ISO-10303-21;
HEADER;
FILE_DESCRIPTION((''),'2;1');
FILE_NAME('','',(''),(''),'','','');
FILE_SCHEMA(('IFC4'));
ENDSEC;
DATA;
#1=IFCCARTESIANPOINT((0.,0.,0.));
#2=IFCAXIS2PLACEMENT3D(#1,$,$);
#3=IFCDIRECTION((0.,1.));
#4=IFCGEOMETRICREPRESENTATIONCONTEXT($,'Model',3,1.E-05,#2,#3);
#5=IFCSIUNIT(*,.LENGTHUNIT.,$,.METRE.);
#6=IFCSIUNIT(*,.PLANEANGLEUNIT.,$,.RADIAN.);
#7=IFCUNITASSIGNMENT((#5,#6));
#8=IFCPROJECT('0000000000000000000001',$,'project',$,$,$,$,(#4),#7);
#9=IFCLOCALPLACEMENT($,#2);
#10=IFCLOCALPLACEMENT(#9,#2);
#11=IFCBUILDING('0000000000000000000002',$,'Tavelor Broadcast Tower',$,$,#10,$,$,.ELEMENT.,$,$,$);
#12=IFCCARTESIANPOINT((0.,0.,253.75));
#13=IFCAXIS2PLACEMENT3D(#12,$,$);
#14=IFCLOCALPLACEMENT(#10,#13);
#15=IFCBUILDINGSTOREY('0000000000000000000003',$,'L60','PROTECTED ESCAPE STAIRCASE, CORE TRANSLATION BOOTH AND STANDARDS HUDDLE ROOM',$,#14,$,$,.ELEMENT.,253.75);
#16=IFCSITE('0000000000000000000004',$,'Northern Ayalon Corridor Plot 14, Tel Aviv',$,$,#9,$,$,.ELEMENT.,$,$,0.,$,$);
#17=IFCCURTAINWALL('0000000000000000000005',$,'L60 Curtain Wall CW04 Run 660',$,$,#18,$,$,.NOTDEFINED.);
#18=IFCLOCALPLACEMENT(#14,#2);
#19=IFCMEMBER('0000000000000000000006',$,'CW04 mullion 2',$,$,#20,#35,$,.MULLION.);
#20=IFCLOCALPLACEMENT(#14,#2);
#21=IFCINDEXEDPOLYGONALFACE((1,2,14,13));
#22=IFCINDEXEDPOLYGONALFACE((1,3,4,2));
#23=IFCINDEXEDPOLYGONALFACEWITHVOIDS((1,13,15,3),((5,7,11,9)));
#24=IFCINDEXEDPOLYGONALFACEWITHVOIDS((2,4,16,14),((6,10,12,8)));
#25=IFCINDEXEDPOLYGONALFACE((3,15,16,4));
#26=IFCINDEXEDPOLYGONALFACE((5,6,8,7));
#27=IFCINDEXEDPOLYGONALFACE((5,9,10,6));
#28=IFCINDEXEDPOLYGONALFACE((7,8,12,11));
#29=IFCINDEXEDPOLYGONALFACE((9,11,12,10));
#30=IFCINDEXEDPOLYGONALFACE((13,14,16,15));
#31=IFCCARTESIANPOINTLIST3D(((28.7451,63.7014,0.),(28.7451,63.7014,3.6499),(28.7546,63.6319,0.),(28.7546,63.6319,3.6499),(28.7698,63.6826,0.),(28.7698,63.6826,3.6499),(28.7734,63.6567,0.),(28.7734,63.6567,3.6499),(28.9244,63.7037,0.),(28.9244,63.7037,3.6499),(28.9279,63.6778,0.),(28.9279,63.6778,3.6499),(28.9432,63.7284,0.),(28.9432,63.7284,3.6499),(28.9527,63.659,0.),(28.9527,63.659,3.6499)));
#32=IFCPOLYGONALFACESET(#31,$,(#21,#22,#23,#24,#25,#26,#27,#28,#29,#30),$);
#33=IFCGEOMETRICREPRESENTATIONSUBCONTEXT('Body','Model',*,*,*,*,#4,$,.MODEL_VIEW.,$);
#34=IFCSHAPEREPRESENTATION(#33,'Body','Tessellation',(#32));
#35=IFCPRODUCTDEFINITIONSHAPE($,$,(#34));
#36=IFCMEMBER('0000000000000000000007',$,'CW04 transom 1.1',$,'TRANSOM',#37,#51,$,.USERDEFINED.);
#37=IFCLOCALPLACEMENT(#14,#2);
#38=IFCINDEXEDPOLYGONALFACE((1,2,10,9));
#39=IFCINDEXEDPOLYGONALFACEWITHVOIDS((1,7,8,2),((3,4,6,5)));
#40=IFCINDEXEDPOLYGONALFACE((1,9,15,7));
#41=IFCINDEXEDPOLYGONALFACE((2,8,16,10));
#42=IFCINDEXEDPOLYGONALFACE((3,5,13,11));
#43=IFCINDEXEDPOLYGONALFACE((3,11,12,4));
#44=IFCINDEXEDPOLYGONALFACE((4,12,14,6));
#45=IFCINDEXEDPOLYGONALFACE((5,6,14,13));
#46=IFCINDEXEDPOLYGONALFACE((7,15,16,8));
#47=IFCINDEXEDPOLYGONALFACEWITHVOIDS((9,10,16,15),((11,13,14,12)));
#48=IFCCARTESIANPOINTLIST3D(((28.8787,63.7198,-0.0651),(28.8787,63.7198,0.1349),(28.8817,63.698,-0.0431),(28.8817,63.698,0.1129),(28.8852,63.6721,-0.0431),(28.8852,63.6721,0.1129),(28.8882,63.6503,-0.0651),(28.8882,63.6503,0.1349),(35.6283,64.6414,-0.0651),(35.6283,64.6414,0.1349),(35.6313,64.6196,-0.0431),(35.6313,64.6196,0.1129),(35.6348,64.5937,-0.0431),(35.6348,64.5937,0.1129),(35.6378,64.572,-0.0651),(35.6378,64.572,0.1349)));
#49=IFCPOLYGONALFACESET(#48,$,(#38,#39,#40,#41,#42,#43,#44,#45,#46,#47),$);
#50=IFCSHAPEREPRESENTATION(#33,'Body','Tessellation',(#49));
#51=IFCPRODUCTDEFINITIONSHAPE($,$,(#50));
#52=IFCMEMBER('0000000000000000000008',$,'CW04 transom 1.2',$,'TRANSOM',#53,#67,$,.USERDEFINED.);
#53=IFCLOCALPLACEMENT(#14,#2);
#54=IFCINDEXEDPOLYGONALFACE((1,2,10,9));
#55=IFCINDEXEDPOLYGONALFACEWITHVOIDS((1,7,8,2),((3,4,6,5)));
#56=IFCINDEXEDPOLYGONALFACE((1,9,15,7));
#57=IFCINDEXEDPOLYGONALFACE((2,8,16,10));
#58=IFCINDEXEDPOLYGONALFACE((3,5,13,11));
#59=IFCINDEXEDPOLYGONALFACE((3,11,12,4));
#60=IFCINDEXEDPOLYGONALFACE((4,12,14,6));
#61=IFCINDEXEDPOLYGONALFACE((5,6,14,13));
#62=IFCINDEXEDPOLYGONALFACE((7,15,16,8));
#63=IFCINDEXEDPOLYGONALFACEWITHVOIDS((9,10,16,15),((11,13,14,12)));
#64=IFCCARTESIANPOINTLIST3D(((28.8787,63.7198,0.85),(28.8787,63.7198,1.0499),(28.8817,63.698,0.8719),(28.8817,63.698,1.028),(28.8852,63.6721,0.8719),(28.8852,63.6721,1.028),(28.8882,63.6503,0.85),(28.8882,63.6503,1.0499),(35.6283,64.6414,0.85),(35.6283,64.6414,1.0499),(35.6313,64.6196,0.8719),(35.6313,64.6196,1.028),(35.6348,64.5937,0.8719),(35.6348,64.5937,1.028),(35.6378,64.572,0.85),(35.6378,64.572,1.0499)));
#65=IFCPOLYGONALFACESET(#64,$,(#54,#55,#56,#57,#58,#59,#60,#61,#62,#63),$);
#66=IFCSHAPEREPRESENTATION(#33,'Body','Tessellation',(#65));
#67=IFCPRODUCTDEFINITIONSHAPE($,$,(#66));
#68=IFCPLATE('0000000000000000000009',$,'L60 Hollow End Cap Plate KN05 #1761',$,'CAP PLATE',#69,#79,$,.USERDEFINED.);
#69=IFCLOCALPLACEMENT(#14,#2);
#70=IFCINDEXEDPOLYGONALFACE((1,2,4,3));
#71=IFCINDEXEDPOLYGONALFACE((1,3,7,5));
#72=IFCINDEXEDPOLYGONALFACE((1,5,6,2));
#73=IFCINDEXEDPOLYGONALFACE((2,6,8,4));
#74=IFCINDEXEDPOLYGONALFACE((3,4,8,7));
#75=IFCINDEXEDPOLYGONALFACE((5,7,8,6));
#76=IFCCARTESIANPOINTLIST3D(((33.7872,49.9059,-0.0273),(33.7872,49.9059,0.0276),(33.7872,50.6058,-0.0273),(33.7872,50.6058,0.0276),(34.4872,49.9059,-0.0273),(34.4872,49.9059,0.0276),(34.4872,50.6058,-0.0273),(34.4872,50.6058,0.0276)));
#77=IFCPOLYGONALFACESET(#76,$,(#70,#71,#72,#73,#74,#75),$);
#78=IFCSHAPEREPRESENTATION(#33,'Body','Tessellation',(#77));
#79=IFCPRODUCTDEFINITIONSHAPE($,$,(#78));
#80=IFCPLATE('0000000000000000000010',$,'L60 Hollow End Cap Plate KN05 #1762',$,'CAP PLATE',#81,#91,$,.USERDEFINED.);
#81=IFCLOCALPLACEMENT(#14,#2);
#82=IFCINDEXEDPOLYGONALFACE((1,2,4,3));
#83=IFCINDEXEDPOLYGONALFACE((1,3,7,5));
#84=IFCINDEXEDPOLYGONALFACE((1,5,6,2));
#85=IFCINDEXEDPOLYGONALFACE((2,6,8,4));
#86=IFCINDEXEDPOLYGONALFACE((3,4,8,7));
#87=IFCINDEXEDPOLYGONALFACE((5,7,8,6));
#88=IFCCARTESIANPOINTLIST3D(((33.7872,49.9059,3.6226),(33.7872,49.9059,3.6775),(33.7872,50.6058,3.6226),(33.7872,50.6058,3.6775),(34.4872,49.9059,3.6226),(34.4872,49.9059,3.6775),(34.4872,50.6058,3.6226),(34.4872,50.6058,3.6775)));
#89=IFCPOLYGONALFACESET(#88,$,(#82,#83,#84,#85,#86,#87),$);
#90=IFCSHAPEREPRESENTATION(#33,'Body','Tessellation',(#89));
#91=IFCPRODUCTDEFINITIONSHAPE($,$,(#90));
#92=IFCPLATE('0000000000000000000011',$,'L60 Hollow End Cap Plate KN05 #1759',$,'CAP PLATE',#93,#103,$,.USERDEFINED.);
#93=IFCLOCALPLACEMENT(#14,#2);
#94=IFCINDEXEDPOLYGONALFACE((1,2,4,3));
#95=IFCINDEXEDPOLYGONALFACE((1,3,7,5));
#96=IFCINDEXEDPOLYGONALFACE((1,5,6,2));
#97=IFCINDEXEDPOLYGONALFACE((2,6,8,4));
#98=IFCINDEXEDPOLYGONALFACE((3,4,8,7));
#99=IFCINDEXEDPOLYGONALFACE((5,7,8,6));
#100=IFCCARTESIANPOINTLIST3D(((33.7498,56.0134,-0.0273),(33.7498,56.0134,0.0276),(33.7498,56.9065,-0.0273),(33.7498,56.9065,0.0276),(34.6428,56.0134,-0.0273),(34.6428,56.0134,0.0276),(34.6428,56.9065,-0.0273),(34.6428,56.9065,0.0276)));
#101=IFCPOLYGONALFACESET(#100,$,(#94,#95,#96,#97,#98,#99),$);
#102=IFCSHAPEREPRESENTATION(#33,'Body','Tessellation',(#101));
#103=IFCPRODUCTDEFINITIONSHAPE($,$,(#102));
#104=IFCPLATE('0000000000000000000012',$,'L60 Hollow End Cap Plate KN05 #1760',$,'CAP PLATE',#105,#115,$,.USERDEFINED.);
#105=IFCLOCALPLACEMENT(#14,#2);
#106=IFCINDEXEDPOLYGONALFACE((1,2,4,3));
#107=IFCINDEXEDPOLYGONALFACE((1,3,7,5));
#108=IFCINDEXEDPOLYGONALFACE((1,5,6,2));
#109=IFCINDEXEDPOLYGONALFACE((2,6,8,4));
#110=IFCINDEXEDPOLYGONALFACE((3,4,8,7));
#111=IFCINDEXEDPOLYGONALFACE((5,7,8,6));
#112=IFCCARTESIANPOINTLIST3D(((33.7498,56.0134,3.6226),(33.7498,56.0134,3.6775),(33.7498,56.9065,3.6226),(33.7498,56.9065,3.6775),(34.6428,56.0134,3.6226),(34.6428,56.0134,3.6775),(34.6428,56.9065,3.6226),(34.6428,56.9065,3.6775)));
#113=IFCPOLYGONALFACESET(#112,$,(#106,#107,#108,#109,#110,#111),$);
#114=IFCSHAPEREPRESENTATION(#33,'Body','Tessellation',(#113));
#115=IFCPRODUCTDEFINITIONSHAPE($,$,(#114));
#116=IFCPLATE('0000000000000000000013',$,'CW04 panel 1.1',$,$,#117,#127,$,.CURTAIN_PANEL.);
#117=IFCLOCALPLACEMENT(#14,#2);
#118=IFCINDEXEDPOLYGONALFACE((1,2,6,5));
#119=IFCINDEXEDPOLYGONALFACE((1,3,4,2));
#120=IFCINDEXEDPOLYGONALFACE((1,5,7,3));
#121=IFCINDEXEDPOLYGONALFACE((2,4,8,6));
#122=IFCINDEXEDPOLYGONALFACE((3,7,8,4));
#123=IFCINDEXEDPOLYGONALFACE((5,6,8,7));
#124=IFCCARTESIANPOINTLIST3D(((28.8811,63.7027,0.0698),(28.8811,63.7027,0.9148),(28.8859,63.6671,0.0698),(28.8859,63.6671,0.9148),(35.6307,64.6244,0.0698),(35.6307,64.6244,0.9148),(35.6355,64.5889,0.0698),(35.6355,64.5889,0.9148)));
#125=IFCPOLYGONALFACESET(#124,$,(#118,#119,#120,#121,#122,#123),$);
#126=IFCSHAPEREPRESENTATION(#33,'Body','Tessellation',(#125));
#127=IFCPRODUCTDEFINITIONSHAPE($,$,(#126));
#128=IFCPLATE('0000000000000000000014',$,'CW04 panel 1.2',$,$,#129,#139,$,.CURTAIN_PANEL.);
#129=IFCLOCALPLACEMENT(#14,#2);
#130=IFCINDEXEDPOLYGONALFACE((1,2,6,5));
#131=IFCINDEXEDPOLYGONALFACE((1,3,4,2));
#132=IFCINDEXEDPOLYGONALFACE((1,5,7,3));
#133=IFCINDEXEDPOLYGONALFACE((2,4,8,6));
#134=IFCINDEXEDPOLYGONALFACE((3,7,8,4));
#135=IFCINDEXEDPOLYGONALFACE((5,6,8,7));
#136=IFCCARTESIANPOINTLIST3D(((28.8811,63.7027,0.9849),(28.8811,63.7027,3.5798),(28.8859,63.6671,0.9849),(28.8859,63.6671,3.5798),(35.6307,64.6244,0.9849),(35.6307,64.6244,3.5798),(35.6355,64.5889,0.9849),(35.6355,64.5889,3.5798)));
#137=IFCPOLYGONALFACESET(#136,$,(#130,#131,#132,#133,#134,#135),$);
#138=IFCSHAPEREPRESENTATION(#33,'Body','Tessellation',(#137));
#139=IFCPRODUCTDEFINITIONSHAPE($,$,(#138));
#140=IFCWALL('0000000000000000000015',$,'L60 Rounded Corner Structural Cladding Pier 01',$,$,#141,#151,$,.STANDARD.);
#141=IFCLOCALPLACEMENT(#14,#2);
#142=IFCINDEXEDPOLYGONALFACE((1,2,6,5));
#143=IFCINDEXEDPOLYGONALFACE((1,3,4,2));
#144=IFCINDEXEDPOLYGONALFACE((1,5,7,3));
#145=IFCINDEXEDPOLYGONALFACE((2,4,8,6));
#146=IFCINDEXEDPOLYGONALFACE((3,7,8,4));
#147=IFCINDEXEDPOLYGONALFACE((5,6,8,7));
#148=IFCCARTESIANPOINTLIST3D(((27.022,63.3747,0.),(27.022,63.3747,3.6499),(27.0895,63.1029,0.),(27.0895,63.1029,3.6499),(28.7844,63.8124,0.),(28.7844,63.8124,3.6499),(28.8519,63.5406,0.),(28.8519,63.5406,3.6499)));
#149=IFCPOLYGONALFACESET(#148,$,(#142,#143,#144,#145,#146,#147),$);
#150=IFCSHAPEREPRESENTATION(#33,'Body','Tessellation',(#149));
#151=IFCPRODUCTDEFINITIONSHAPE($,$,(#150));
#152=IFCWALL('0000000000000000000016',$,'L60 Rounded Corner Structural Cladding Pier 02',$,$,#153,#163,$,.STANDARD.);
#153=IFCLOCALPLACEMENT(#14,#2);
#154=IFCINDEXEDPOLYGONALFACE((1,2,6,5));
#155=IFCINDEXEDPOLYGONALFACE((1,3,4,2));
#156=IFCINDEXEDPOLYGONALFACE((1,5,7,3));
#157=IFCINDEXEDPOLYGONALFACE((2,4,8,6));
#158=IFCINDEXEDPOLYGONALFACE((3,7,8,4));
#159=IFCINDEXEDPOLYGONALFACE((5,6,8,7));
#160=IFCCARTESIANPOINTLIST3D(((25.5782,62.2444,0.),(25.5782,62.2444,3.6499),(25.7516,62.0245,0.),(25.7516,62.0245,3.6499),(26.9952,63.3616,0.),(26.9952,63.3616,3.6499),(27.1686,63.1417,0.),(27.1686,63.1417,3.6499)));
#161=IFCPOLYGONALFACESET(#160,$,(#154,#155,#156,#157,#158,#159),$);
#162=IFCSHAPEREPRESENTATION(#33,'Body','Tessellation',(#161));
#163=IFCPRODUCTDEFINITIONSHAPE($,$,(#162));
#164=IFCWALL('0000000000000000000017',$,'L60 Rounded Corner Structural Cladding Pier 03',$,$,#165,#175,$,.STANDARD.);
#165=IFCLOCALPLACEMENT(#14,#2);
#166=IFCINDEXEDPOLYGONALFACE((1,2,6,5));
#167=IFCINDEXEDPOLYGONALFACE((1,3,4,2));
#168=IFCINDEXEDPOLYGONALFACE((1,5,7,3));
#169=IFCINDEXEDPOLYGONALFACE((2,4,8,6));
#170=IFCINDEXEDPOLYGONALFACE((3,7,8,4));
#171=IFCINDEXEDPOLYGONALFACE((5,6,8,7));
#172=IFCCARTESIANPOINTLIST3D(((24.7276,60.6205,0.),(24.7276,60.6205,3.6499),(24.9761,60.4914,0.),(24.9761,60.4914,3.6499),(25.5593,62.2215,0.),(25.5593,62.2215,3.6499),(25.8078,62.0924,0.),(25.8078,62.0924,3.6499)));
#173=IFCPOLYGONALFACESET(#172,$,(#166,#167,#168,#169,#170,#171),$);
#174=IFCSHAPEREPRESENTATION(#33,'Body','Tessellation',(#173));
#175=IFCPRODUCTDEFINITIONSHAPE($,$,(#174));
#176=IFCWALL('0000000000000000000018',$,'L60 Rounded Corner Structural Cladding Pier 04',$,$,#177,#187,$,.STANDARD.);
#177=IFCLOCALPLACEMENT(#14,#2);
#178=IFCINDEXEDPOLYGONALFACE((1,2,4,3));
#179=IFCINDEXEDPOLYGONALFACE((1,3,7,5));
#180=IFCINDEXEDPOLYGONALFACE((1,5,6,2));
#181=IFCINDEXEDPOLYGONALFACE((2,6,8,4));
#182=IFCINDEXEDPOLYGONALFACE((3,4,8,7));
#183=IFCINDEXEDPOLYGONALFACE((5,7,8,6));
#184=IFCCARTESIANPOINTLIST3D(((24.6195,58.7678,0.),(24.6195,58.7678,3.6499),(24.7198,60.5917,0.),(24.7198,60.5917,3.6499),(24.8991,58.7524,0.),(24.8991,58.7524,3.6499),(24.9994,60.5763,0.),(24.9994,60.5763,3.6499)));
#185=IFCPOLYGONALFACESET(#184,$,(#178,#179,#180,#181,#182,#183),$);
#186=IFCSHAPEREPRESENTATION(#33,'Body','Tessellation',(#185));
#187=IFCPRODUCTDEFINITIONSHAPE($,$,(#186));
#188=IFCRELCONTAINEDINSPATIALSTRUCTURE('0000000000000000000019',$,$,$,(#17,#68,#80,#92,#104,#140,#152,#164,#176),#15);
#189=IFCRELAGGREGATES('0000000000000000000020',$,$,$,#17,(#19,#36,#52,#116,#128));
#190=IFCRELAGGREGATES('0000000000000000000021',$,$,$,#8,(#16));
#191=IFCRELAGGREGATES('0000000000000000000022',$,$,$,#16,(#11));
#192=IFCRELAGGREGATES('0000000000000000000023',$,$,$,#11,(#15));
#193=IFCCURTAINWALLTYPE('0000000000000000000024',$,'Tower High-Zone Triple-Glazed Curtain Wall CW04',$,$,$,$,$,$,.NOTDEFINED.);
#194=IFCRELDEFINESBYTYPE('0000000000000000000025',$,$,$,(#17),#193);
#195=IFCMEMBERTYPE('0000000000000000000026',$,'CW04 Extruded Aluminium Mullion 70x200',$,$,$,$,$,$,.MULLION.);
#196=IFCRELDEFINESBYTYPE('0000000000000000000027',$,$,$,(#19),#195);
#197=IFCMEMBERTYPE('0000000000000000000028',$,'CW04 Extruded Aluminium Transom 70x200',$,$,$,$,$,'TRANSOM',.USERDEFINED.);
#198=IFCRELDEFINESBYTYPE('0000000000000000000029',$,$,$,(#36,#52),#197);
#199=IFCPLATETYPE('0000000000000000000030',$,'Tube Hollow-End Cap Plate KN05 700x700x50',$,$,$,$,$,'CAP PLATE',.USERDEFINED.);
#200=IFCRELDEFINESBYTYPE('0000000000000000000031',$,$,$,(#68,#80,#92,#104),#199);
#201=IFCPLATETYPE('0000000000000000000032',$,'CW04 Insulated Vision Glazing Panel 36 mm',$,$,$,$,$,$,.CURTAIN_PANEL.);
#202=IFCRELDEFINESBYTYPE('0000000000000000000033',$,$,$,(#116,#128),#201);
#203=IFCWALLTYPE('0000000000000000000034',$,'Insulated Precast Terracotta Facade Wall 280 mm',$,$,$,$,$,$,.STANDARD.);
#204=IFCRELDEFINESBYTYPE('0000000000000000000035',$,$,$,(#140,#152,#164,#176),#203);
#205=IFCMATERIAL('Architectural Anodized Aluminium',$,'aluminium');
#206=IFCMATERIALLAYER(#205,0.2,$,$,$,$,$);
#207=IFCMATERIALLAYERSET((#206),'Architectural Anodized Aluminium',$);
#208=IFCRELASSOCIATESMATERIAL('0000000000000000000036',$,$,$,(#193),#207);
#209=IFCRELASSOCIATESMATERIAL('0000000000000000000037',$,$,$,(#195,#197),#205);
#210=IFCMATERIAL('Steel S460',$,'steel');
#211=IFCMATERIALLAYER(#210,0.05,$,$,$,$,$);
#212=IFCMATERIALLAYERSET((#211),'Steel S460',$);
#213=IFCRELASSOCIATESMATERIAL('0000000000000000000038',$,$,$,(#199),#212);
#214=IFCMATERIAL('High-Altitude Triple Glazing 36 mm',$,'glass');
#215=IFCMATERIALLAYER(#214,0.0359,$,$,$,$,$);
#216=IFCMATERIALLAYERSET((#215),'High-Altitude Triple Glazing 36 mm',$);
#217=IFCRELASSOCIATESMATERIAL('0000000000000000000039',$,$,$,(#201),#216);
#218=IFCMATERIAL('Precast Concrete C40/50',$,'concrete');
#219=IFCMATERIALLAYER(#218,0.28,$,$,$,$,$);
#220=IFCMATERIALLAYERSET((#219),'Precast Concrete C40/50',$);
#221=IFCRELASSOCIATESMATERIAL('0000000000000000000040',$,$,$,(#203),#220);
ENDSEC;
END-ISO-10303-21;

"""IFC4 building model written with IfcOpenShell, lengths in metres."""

from ifc_helpers import new_model, si_unit, direction, frame, frame_2d, origin, origin_2d, place, context, subcontext, project, spatial, rectangle, hollow_rectangle, extrude, source, transform, mapped, material, layer, layer_set, material_profile, profile_set, type_object, type_shapes, element, aggregate, save


model = new_model("IFC4")

# Units and contexts
model_context = context("Model", 3, precision=1e-05, world=origin(), true_north=direction((0.0, 1.0)))
body_context = subcontext(model_context, "Body", "Model", "MODEL_VIEW")
ifc_project = project(units=[si_unit("LENGTHUNIT", "METRE"), si_unit("PLANEANGLEUNIT", "RADIAN")], contexts=[model_context])

# Site, building, storey
site_placement = place(None, origin())
site = spatial("IfcSite", under=ifc_project, at=site_placement, Name="Northern Ayalon Corridor Plot 14, Tel Aviv", CompositionType="ELEMENT", RefElevation=0.0)
building_placement = place(site_placement, origin())
building = spatial("IfcBuilding", under=site, at=building_placement, Name="Tavelor Broadcast Tower", CompositionType="ELEMENT")
storey_placement = place(building_placement, frame((0.0, 0.0, 253.75)))
storey = spatial("IfcBuildingStorey", under=building, at=storey_placement, Name="L60", Description="PROTECTED ESCAPE STAIRCASE, CORE TRANSLATION BOOTH AND STANDARDS HUDDLE ROOM", CompositionType="ELEMENT", Elevation=253.75)

# Shared definitions
ifc_material_1 = material(Name="Steel S460", Category="steel")

# Curtain wall, members
ifc_material_2 = material(Name="Architectural Anodized Aluminium", Category="aluminium")
ifc_layer_1 = layer(ifc_material_2, 0.2)
ifc_layer_set_1 = layer_set([ifc_layer_1], Name="Architectural Anodized Aluminium")
curtain_wall_type = type_object("IfcCurtainWallType", Name="Tower High-Zone Triple-Glazed Curtain Wall CW04", PredefinedType="NOTDEFINED", material=ifc_layer_set_1)
curtain_wall_placement = place(storey_placement, origin())
curtain_wall = element("IfcCurtainWall", 1, at=curtain_wall_placement, inside=storey, type_object=curtain_wall_type, Name="L60 Curtain Wall CW04 Run 660", PredefinedType="NOTDEFINED")
ifc_material_profile_1 = material_profile(ifc_material_2, hollow_rectangle(XDim=0.0701, YDim=0.2, WallThickness=0.022, at=origin_2d()), Name="RHS 70x200x22")
ifc_profile_set_1 = profile_set([ifc_material_profile_1], Name="Architectural Anodized Aluminium")
member_type_1 = type_object("IfcMemberType", Name="CW04 Extruded Aluminium Mullion 70x200", PredefinedType="MULLION", material=ifc_profile_set_1)
shared_shape_1 = source(origin(), body_context, "Body", "SweptSolid", [
    extrude(hollow_rectangle(XDim=0.0701, YDim=0.2, WallThickness=0.022, at=origin_2d()), origin(), (0.0, 0.0, 1.0), 3.6499),
])
type_shapes(member_type_1, [shared_shape_1])
member_1_placement = place(storey_placement, frame((28.8489, 63.6802, 0.0), z_axis=(0.0, 0.0, 1.0), x_axis=(0.135309, -0.990803, 0.0)))
member_1 = element("IfcMember", 2, at=member_1_placement, type_object=member_type_1, Name="CW04 mullion 2", PredefinedType="MULLION", context=body_context, shape_type="MappedRepresentation", body=[
    mapped(shared_shape_1, transform((0.0, 0.0, 0.0), scale=1.0)),
])
ifc_material_profile_2 = material_profile(ifc_material_2, hollow_rectangle(XDim=0.0701, YDim=0.2, WallThickness=0.022, at=origin_2d()), Name="RHS 70x200x22")
ifc_profile_set_2 = profile_set([ifc_material_profile_2], Name="Architectural Anodized Aluminium")
member_type_2 = type_object("IfcMemberType", Name="CW04 Extruded Aluminium Transom 70x200", ElementType="TRANSOM", PredefinedType="USERDEFINED", material=ifc_profile_set_2)
shared_shape_2 = source(origin(), body_context, "Body", "SweptSolid", [
    extrude(hollow_rectangle(XDim=0.0701, YDim=0.2, WallThickness=0.022, at=origin_2d()), origin(), (0.0, 0.0, 1.0), 6.8123),
])
type_shapes(member_type_2, [shared_shape_2])
member_2_placement = place(storey_placement, frame((35.6331, 64.6067, 0.0349), z_axis=(-0.990806, -0.135292, 0.0), x_axis=(0.135292, -0.990806, 0.0)))
member_2 = element("IfcMember", 3, at=member_2_placement, type_object=member_type_2, Name="CW04 transom 1.1", ObjectType="TRANSOM", PredefinedType="USERDEFINED", context=body_context, shape_type="MappedRepresentation", body=[
    mapped(shared_shape_2, transform((0.0, 0.0, 0.0), scale=1.0)),
])
member_3_placement = place(storey_placement, frame((35.6331, 64.6067, 0.95), z_axis=(-0.990806, -0.135292, 0.0), x_axis=(0.135292, -0.990806, 0.0)))
member_3 = element("IfcMember", 4, at=member_3_placement, type_object=member_type_2, Name="CW04 transom 1.2", ObjectType="TRANSOM", PredefinedType="USERDEFINED", context=body_context, shape_type="MappedRepresentation", body=[
    mapped(shared_shape_2, transform((0.0, 0.0, 0.0), scale=1.0)),
])

# Plates
ifc_layer_2 = layer(ifc_material_1, 0.05)
ifc_layer_set_2 = layer_set([ifc_layer_2], Name="Steel S460")
plate_type_1 = type_object("IfcPlateType", Name="Tube Hollow-End Cap Plate KN05 700x700x50", ElementType="CAP PLATE", PredefinedType="USERDEFINED", material=ifc_layer_set_2)
shared_shape_3 = source(origin(), body_context, "Body", "SweptSolid", [
    extrude(rectangle(XDim=0.7, YDim=0.7, at=origin_2d()), origin(), (0.0, 0.0, 1.0), 0.0549),
])
for number, where, z_axis, x_axis, name in (
    (5, (34.1372, 50.2559, -0.0273), (0.0, 0.0, 1.0), (1.0, 0.0, 0.0), "L60 Hollow End Cap Plate KN05 #1761"),
    (6, (34.1372, 50.2559, 3.6226), (0.0, 0.0, 1.0), (1.0, 0.0, 0.0), "L60 Hollow End Cap Plate KN05 #1762"),
):
    element("IfcPlate", number, at=place(storey_placement, frame(where, z_axis=z_axis, x_axis=x_axis)), inside=storey, type_object=plate_type_1, Name=name, ObjectType="CAP PLATE", PredefinedType="USERDEFINED", context=body_context, shape_type="MappedRepresentation", body=[
        mapped(shared_shape_3, transform((0.0, 0.0, 0.0), scale=1.0)),
    ])
shared_shape_4 = source(origin(), body_context, "Body", "SweptSolid", [
    extrude(rectangle(XDim=0.8931, YDim=0.8931, at=origin_2d()), origin(), (0.0, 0.0, 1.0), 0.0549),
])
type_shapes(plate_type_1, [shared_shape_3, shared_shape_4])
for number, where, z_axis, x_axis, name in (
    (7, (34.1963, 56.46, -0.0273), (0.0, 0.0, 1.0), (1.0, 0.0, 0.0), "L60 Hollow End Cap Plate KN05 #1759"),
    (8, (34.1963, 56.46, 3.6226), (0.0, 0.0, 1.0), (1.0, 0.0, 0.0), "L60 Hollow End Cap Plate KN05 #1760"),
):
    element("IfcPlate", number, at=place(storey_placement, frame(where, z_axis=z_axis, x_axis=x_axis)), inside=storey, type_object=plate_type_1, Name=name, ObjectType="CAP PLATE", PredefinedType="USERDEFINED", context=body_context, shape_type="MappedRepresentation", body=[
        mapped(shared_shape_4, transform((0.0, 0.0, 0.0), scale=1.0)),
    ])

# Plates
ifc_material_3 = material(Name="High-Altitude Triple Glazing 36 mm", Category="glass")
ifc_layer_3 = layer(ifc_material_3, 0.0359)
ifc_layer_set_3 = layer_set([ifc_layer_3], Name="High-Altitude Triple Glazing 36 mm")
plate_type_2 = type_object("IfcPlateType", Name="CW04 Insulated Vision Glazing Panel 36 mm", PredefinedType="CURTAIN_PANEL", material=ifc_layer_set_3)
shared_shape_5 = source(origin(), body_context, "Body", "SweptSolid", [
    extrude(rectangle(XDim=6.8123, YDim=0.0359, at=origin_2d()), origin(), (0.0, 0.0, 1.0), 0.845),
])
plate_1_placement = place(storey_placement, frame((32.2583, 64.1458, 0.0698), z_axis=(0.0, 0.0, 1.0), x_axis=(-0.990803, -0.135309, 0.0)))
plate_1 = element("IfcPlate", 9, at=plate_1_placement, type_object=plate_type_2, Name="CW04 panel 1.1", PredefinedType="CURTAIN_PANEL", context=body_context, shape_type="MappedRepresentation", body=[
    mapped(shared_shape_5, transform((0.0, 0.0, 0.0), scale=1.0)),
])
shared_shape_6 = source(origin(), body_context, "Body", "SweptSolid", [
    extrude(rectangle(XDim=6.8123, YDim=0.0359, at=origin_2d()), origin(), (0.0, 0.0, 1.0), 2.595),
])
type_shapes(plate_type_2, [shared_shape_5, shared_shape_6])
plate_2_placement = place(storey_placement, frame((32.2583, 64.1458, 0.9849), z_axis=(0.0, 0.0, 1.0), x_axis=(-0.990803, -0.135309, 0.0)))
plate_2 = element("IfcPlate", 10, at=plate_2_placement, type_object=plate_type_2, Name="CW04 panel 1.2", PredefinedType="CURTAIN_PANEL", context=body_context, shape_type="MappedRepresentation", body=[
    mapped(shared_shape_6, transform((0.0, 0.0, 0.0), scale=1.0)),
])
aggregate(curtain_wall, [member_1, member_2, member_3, plate_1, plate_2])

# Walls
ifc_material_4 = material(Name="Precast Concrete C40/50", Category="concrete")
ifc_layer_4 = layer(ifc_material_4, 0.28)
ifc_layer_set_4 = layer_set([ifc_layer_4], Name="Precast Concrete C40/50")
wall_type_1 = type_object("IfcWallType", Name="Insulated Precast Terracotta Facade Wall 280 mm", PredefinedType="STANDARD", material=ifc_layer_set_4)
wall_1_placement = place(storey_placement, frame((28.8181, 63.6765, 0.0), z_axis=(0.0, 0.0, 1.0), x_axis=(-0.970513, -0.241049, 0.0)))
element("IfcWall", 11, at=wall_1_placement, inside=storey, type_object=wall_type_1, Name="L60 Rounded Corner Structural Cladding Pier 01", PredefinedType="STANDARD", context=body_context, shape_type="SweptSolid", body=[
    extrude(rectangle(XDim=1.8159, YDim=0.28, at=frame_2d((0.908, 0.0))), origin(), (0.0, 0.0, 1.0), 3.6499),
])
wall_2_placement = place(storey_placement, frame((27.082, 63.2517, 0.0), z_axis=(0.0, 0.0, 1.0), x_axis=(-0.785284, -0.619135, 0.0)))
element("IfcWall", 12, at=wall_2_placement, inside=storey, type_object=wall_type_1, Name="L60 Rounded Corner Structural Cladding Pier 02", PredefinedType="STANDARD", context=body_context, shape_type="SweptSolid", body=[
    extrude(rectangle(XDim=1.8044, YDim=0.28, at=frame_2d((0.9023, 0.0))), origin(), (0.0, 0.0, 1.0), 3.6499),
])
wall_3_placement = place(storey_placement, frame((25.6836, 62.157, 0.0), z_axis=(0.0, 0.0, 1.0), x_axis=(-0.461016, -0.887392, 0.0)))
element("IfcWall", 13, at=wall_3_placement, inside=storey, type_object=wall_type_1, Name="L60 Rounded Corner Structural Cladding Pier 03", PredefinedType="STANDARD", context=body_context, shape_type="SweptSolid", body=[
    extrude(rectangle(XDim=1.8042, YDim=0.28, at=frame_2d((0.9021, 0.0))), origin(), (0.0, 0.0, 1.0), 3.6499),
])
wall_4_placement = place(storey_placement, frame((24.8596, 60.584, 0.0), z_axis=(0.0, 0.0, 1.0), x_axis=(-0.05493, -0.99849, 0.0)))
element("IfcWall", 14, at=wall_4_placement, inside=storey, type_object=wall_type_1, Name="L60 Rounded Corner Structural Cladding Pier 04", PredefinedType="STANDARD", context=body_context, shape_type="SweptSolid", body=[
    extrude(rectangle(XDim=1.8267, YDim=0.28, at=frame_2d((0.9133, 0.0))), origin(), (0.0, 0.0, 1.0), 3.6499),
])

save(model, "model.ifc")
